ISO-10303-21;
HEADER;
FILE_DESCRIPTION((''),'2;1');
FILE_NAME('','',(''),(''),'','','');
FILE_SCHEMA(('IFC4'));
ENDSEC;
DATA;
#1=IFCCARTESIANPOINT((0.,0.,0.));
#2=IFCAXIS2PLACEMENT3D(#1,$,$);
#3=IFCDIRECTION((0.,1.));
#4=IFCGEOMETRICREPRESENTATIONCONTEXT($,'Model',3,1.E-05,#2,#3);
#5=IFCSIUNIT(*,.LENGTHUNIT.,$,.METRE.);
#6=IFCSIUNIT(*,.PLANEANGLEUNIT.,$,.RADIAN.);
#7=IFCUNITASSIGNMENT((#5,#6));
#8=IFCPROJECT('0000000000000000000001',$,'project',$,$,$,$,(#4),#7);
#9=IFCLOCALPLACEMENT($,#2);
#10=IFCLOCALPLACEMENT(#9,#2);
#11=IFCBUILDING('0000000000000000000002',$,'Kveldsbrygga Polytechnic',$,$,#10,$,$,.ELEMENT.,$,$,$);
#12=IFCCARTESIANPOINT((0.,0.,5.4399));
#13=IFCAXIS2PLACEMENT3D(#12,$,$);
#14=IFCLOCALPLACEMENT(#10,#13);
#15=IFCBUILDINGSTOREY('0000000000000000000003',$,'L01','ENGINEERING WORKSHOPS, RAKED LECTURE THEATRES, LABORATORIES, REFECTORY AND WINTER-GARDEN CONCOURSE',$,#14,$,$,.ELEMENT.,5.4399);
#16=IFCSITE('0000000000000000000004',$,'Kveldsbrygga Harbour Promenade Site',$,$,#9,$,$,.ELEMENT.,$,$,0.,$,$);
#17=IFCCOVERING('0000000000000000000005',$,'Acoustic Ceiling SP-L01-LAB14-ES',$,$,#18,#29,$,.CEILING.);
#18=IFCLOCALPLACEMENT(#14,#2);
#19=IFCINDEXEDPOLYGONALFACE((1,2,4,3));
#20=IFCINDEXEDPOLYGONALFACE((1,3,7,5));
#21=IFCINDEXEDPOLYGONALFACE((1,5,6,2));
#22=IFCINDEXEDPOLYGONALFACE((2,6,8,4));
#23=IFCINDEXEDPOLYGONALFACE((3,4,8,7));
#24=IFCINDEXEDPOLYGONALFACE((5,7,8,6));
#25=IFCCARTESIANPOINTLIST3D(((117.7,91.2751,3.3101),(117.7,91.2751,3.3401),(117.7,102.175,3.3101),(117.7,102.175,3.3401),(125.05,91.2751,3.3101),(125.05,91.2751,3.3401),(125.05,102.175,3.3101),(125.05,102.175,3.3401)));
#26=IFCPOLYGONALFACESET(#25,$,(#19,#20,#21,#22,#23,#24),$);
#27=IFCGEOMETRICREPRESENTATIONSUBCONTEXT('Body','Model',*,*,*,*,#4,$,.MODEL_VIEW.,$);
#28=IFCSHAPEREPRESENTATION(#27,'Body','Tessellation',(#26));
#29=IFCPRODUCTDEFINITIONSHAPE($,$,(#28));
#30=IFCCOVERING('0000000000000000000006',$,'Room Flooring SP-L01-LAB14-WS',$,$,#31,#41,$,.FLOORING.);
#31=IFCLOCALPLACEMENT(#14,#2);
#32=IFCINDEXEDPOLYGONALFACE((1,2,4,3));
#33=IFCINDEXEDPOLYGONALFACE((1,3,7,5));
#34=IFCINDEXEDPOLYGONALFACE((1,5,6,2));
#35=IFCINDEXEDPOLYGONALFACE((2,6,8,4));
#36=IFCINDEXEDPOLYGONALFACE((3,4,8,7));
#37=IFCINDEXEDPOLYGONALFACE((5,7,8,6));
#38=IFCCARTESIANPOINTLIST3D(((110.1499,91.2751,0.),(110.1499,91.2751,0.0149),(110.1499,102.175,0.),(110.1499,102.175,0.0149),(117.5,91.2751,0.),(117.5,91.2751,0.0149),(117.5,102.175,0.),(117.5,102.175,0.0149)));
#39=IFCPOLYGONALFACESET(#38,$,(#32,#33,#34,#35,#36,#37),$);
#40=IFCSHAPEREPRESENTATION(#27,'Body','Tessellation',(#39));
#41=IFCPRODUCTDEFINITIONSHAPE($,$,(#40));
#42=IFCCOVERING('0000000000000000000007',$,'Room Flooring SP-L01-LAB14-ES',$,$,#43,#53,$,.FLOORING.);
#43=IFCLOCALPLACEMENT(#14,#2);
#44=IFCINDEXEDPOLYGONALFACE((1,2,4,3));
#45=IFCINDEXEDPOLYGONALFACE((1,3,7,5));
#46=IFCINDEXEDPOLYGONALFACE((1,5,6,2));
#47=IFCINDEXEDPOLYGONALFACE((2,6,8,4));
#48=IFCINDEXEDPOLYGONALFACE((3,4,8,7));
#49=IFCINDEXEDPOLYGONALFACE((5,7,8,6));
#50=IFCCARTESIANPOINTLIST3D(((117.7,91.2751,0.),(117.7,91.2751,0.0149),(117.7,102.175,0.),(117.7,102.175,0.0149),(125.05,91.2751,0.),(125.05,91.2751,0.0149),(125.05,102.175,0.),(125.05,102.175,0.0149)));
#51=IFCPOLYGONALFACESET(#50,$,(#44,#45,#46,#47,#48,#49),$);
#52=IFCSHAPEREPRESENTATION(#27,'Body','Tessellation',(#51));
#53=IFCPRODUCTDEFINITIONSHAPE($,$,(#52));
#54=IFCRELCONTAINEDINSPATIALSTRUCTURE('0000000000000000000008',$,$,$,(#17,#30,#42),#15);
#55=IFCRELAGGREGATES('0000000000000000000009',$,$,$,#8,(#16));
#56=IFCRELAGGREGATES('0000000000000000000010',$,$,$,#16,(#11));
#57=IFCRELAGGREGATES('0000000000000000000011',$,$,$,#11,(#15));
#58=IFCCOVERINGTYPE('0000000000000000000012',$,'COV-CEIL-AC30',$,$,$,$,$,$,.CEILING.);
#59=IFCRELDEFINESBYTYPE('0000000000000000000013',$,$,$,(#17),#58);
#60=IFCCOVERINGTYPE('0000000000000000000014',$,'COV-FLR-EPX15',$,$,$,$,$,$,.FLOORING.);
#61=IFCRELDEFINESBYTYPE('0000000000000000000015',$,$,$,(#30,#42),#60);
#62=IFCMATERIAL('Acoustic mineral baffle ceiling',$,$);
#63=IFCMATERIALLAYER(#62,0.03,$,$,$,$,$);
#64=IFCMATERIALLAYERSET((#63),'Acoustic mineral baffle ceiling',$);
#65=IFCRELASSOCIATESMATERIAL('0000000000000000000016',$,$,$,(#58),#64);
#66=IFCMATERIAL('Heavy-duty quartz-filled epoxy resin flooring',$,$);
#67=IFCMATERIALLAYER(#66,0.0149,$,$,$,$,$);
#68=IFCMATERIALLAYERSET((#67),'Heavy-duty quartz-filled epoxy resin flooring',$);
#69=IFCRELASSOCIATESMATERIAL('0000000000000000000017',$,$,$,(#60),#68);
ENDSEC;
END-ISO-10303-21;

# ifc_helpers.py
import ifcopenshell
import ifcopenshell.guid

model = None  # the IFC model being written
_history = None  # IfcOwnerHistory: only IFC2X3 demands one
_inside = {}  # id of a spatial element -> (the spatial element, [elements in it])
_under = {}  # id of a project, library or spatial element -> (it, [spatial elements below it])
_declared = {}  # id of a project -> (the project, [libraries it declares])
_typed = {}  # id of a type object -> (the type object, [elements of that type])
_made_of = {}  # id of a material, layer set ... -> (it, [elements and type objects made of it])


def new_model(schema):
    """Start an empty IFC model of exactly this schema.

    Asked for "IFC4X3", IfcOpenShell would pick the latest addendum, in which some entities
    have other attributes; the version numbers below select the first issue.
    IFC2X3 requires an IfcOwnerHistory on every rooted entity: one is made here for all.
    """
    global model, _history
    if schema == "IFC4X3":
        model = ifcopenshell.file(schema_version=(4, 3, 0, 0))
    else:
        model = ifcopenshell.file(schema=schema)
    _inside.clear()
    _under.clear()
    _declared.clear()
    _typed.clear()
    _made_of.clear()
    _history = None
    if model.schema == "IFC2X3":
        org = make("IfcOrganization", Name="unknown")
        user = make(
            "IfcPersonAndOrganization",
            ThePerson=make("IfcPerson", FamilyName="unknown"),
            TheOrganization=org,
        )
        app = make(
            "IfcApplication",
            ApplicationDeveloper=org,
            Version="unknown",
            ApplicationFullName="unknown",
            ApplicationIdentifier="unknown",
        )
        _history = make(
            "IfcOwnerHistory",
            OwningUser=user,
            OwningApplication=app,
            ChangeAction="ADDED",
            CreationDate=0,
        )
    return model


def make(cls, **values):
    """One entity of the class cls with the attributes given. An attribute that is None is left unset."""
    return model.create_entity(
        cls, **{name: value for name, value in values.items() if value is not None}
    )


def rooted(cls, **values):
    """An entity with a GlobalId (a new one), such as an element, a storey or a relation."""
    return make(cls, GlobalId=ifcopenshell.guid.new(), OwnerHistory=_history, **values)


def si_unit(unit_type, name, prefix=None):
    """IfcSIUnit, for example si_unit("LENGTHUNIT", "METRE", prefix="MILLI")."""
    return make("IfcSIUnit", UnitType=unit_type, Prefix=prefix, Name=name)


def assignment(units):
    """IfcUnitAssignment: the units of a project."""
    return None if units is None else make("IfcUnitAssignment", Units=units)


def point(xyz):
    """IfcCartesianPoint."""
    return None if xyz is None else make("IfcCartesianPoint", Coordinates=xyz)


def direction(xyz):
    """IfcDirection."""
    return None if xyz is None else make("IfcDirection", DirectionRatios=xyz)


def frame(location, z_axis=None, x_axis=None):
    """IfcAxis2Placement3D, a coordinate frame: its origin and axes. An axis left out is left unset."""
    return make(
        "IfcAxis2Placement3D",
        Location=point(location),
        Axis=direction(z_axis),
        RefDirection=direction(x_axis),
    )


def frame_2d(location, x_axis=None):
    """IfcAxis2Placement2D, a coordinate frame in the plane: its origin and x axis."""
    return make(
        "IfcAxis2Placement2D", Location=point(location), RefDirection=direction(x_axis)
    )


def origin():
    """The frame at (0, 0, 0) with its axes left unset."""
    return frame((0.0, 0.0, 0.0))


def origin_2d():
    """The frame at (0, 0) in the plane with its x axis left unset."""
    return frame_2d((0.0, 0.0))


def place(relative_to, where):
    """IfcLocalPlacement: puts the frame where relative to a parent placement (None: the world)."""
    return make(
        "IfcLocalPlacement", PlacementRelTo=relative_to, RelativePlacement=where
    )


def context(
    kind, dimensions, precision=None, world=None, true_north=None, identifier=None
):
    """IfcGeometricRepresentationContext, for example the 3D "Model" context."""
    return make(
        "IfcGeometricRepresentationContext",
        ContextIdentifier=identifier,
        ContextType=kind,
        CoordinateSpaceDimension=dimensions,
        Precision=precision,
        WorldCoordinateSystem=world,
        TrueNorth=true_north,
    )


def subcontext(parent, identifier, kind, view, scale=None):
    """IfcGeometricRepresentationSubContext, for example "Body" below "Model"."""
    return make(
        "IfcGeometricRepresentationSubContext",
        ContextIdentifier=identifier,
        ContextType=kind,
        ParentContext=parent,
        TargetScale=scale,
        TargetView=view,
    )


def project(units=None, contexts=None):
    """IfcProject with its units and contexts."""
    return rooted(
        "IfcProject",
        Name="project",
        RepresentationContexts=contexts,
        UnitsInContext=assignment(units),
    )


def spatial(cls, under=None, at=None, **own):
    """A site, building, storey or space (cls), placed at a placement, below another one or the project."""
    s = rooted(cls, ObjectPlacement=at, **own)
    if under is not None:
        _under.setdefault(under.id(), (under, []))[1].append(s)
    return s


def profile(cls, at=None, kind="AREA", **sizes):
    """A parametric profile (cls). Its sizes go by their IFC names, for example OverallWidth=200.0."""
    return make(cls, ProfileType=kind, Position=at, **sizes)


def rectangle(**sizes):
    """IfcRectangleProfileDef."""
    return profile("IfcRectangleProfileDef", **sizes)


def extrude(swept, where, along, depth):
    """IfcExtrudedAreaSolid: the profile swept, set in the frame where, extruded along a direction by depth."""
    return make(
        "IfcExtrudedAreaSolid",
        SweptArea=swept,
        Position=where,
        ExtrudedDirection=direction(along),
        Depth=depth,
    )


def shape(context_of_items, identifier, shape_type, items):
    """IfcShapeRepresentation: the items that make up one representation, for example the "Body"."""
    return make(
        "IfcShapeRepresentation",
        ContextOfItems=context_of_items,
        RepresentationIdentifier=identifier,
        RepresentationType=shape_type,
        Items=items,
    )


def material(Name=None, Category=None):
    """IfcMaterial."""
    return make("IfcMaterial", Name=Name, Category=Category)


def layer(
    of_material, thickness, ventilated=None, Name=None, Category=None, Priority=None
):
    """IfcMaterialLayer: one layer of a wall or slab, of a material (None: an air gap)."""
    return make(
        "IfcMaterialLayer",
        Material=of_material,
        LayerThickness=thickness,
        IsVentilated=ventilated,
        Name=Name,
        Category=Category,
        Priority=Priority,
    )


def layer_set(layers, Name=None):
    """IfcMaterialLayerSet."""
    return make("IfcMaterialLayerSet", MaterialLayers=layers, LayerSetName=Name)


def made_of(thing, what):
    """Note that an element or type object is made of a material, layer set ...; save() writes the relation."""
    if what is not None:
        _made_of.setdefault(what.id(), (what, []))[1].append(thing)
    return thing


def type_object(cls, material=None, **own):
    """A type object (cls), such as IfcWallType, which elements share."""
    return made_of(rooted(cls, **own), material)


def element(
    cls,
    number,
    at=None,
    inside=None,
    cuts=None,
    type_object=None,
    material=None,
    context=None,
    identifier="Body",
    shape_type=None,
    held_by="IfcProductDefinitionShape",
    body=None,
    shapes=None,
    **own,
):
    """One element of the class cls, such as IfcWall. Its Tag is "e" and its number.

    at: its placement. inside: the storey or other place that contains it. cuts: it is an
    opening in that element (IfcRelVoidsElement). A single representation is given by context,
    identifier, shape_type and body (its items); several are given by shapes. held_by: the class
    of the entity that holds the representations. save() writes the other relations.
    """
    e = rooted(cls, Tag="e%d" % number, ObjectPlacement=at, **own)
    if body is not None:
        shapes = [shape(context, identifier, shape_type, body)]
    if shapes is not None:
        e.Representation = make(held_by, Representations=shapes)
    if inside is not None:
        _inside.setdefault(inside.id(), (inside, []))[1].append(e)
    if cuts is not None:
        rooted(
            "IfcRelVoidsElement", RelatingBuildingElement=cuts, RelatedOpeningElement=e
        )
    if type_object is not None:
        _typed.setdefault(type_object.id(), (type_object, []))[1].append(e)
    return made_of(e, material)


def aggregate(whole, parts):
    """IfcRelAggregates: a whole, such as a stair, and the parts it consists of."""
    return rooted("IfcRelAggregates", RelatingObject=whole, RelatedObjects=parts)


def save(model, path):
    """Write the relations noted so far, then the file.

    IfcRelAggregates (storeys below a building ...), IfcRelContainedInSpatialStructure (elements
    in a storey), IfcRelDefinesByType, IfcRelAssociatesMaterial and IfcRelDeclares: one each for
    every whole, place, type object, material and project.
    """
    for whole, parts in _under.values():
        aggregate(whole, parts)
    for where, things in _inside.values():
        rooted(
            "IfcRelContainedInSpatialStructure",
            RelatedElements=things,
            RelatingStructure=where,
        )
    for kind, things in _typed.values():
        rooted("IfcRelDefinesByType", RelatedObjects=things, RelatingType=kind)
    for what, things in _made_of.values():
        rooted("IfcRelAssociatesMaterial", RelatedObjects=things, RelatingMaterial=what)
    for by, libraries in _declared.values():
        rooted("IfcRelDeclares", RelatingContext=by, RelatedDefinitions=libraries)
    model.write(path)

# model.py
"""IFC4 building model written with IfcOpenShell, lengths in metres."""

from ifc_helpers import new_model, si_unit, direction, frame, origin, origin_2d, place, context, subcontext, project, spatial, rectangle, extrude, material, layer, layer_set, type_object, element, save


model = new_model("IFC4")

# Units and contexts
model_context = context("Model", 3, precision=1e-05, world=origin(), true_north=direction((0.0, 1.0)))
body_context = subcontext(model_context, "Body", "Model", "MODEL_VIEW")
ifc_project = project(units=[si_unit("LENGTHUNIT", "METRE"), si_unit("PLANEANGLEUNIT", "RADIAN")], contexts=[model_context])

# Site, building, storey
site_placement = place(None, origin())
site = spatial("IfcSite", under=ifc_project, at=site_placement, Name="Kveldsbrygga Harbour Promenade Site", CompositionType="ELEMENT", RefElevation=0.0)
building_placement = place(site_placement, origin())
building = spatial("IfcBuilding", under=site, at=building_placement, Name="Kveldsbrygga Polytechnic", CompositionType="ELEMENT")
storey_placement = place(building_placement, frame((0.0, 0.0, 5.4399)))
storey = spatial("IfcBuildingStorey", under=building, at=storey_placement, Name="L01", Description="ENGINEERING WORKSHOPS, RAKED LECTURE THEATRES, LABORATORIES, REFECTORY AND WINTER-GARDEN CONCOURSE", CompositionType="ELEMENT", Elevation=5.4399)

# Coverings
ifc_material_1 = material(Name="Acoustic mineral baffle ceiling")
ifc_layer_1 = layer(ifc_material_1, 0.03)
ifc_layer_set_1 = layer_set([ifc_layer_1], Name="Acoustic mineral baffle ceiling")
covering_type_1 = type_object("IfcCoveringType", Name="COV-CEIL-AC30", PredefinedType="CEILING", material=ifc_layer_set_1)
for number, where, z_axis, x_axis, name in (
    (1, (121.375, 96.7251, 3.3101), (0.0, 0.0, 1.0), (1.0, 0.0, 0.0), "Acoustic Ceiling SP-L01-LAB14-ES"),
):
    element("IfcCovering", number, at=place(storey_placement, frame(where, z_axis=z_axis, x_axis=x_axis)), inside=storey, type_object=covering_type_1, Name=name, PredefinedType="CEILING", context=body_context, shape_type="SweptSolid", body=[
        extrude(rectangle(XDim=7.3501, YDim=10.8999, at=origin_2d()), origin(), (0.0, 0.0, 1.0), 0.03),
    ])
ifc_material_2 = material(Name="Heavy-duty quartz-filled epoxy resin flooring")
ifc_layer_2 = layer(ifc_material_2, 0.0149)
ifc_layer_set_2 = layer_set([ifc_layer_2], Name="Heavy-duty quartz-filled epoxy resin flooring")
covering_type_2 = type_object("IfcCoveringType", Name="COV-FLR-EPX15", PredefinedType="FLOORING", material=ifc_layer_set_2)
for number, where, z_axis, x_axis, name in (
    (2, (113.825, 96.7251, 0.0), (0.0, 0.0, 1.0), (1.0, 0.0, 0.0), "Room Flooring SP-L01-LAB14-WS"),
    (3, (121.375, 96.7251, 0.0), (0.0, 0.0, 1.0), (1.0, 0.0, 0.0), "Room Flooring SP-L01-LAB14-ES"),
):
    element("IfcCovering", number, at=place(storey_placement, frame(where, z_axis=z_axis, x_axis=x_axis)), inside=storey, type_object=covering_type_2, Name=name, PredefinedType="FLOORING", context=body_context, shape_type="SweptSolid", body=[
        extrude(rectangle(XDim=7.3501, YDim=10.8999, at=origin_2d()), origin(), (0.0, 0.0, 1.0), 0.0149),
    ])

save(model, "model.ifc")
